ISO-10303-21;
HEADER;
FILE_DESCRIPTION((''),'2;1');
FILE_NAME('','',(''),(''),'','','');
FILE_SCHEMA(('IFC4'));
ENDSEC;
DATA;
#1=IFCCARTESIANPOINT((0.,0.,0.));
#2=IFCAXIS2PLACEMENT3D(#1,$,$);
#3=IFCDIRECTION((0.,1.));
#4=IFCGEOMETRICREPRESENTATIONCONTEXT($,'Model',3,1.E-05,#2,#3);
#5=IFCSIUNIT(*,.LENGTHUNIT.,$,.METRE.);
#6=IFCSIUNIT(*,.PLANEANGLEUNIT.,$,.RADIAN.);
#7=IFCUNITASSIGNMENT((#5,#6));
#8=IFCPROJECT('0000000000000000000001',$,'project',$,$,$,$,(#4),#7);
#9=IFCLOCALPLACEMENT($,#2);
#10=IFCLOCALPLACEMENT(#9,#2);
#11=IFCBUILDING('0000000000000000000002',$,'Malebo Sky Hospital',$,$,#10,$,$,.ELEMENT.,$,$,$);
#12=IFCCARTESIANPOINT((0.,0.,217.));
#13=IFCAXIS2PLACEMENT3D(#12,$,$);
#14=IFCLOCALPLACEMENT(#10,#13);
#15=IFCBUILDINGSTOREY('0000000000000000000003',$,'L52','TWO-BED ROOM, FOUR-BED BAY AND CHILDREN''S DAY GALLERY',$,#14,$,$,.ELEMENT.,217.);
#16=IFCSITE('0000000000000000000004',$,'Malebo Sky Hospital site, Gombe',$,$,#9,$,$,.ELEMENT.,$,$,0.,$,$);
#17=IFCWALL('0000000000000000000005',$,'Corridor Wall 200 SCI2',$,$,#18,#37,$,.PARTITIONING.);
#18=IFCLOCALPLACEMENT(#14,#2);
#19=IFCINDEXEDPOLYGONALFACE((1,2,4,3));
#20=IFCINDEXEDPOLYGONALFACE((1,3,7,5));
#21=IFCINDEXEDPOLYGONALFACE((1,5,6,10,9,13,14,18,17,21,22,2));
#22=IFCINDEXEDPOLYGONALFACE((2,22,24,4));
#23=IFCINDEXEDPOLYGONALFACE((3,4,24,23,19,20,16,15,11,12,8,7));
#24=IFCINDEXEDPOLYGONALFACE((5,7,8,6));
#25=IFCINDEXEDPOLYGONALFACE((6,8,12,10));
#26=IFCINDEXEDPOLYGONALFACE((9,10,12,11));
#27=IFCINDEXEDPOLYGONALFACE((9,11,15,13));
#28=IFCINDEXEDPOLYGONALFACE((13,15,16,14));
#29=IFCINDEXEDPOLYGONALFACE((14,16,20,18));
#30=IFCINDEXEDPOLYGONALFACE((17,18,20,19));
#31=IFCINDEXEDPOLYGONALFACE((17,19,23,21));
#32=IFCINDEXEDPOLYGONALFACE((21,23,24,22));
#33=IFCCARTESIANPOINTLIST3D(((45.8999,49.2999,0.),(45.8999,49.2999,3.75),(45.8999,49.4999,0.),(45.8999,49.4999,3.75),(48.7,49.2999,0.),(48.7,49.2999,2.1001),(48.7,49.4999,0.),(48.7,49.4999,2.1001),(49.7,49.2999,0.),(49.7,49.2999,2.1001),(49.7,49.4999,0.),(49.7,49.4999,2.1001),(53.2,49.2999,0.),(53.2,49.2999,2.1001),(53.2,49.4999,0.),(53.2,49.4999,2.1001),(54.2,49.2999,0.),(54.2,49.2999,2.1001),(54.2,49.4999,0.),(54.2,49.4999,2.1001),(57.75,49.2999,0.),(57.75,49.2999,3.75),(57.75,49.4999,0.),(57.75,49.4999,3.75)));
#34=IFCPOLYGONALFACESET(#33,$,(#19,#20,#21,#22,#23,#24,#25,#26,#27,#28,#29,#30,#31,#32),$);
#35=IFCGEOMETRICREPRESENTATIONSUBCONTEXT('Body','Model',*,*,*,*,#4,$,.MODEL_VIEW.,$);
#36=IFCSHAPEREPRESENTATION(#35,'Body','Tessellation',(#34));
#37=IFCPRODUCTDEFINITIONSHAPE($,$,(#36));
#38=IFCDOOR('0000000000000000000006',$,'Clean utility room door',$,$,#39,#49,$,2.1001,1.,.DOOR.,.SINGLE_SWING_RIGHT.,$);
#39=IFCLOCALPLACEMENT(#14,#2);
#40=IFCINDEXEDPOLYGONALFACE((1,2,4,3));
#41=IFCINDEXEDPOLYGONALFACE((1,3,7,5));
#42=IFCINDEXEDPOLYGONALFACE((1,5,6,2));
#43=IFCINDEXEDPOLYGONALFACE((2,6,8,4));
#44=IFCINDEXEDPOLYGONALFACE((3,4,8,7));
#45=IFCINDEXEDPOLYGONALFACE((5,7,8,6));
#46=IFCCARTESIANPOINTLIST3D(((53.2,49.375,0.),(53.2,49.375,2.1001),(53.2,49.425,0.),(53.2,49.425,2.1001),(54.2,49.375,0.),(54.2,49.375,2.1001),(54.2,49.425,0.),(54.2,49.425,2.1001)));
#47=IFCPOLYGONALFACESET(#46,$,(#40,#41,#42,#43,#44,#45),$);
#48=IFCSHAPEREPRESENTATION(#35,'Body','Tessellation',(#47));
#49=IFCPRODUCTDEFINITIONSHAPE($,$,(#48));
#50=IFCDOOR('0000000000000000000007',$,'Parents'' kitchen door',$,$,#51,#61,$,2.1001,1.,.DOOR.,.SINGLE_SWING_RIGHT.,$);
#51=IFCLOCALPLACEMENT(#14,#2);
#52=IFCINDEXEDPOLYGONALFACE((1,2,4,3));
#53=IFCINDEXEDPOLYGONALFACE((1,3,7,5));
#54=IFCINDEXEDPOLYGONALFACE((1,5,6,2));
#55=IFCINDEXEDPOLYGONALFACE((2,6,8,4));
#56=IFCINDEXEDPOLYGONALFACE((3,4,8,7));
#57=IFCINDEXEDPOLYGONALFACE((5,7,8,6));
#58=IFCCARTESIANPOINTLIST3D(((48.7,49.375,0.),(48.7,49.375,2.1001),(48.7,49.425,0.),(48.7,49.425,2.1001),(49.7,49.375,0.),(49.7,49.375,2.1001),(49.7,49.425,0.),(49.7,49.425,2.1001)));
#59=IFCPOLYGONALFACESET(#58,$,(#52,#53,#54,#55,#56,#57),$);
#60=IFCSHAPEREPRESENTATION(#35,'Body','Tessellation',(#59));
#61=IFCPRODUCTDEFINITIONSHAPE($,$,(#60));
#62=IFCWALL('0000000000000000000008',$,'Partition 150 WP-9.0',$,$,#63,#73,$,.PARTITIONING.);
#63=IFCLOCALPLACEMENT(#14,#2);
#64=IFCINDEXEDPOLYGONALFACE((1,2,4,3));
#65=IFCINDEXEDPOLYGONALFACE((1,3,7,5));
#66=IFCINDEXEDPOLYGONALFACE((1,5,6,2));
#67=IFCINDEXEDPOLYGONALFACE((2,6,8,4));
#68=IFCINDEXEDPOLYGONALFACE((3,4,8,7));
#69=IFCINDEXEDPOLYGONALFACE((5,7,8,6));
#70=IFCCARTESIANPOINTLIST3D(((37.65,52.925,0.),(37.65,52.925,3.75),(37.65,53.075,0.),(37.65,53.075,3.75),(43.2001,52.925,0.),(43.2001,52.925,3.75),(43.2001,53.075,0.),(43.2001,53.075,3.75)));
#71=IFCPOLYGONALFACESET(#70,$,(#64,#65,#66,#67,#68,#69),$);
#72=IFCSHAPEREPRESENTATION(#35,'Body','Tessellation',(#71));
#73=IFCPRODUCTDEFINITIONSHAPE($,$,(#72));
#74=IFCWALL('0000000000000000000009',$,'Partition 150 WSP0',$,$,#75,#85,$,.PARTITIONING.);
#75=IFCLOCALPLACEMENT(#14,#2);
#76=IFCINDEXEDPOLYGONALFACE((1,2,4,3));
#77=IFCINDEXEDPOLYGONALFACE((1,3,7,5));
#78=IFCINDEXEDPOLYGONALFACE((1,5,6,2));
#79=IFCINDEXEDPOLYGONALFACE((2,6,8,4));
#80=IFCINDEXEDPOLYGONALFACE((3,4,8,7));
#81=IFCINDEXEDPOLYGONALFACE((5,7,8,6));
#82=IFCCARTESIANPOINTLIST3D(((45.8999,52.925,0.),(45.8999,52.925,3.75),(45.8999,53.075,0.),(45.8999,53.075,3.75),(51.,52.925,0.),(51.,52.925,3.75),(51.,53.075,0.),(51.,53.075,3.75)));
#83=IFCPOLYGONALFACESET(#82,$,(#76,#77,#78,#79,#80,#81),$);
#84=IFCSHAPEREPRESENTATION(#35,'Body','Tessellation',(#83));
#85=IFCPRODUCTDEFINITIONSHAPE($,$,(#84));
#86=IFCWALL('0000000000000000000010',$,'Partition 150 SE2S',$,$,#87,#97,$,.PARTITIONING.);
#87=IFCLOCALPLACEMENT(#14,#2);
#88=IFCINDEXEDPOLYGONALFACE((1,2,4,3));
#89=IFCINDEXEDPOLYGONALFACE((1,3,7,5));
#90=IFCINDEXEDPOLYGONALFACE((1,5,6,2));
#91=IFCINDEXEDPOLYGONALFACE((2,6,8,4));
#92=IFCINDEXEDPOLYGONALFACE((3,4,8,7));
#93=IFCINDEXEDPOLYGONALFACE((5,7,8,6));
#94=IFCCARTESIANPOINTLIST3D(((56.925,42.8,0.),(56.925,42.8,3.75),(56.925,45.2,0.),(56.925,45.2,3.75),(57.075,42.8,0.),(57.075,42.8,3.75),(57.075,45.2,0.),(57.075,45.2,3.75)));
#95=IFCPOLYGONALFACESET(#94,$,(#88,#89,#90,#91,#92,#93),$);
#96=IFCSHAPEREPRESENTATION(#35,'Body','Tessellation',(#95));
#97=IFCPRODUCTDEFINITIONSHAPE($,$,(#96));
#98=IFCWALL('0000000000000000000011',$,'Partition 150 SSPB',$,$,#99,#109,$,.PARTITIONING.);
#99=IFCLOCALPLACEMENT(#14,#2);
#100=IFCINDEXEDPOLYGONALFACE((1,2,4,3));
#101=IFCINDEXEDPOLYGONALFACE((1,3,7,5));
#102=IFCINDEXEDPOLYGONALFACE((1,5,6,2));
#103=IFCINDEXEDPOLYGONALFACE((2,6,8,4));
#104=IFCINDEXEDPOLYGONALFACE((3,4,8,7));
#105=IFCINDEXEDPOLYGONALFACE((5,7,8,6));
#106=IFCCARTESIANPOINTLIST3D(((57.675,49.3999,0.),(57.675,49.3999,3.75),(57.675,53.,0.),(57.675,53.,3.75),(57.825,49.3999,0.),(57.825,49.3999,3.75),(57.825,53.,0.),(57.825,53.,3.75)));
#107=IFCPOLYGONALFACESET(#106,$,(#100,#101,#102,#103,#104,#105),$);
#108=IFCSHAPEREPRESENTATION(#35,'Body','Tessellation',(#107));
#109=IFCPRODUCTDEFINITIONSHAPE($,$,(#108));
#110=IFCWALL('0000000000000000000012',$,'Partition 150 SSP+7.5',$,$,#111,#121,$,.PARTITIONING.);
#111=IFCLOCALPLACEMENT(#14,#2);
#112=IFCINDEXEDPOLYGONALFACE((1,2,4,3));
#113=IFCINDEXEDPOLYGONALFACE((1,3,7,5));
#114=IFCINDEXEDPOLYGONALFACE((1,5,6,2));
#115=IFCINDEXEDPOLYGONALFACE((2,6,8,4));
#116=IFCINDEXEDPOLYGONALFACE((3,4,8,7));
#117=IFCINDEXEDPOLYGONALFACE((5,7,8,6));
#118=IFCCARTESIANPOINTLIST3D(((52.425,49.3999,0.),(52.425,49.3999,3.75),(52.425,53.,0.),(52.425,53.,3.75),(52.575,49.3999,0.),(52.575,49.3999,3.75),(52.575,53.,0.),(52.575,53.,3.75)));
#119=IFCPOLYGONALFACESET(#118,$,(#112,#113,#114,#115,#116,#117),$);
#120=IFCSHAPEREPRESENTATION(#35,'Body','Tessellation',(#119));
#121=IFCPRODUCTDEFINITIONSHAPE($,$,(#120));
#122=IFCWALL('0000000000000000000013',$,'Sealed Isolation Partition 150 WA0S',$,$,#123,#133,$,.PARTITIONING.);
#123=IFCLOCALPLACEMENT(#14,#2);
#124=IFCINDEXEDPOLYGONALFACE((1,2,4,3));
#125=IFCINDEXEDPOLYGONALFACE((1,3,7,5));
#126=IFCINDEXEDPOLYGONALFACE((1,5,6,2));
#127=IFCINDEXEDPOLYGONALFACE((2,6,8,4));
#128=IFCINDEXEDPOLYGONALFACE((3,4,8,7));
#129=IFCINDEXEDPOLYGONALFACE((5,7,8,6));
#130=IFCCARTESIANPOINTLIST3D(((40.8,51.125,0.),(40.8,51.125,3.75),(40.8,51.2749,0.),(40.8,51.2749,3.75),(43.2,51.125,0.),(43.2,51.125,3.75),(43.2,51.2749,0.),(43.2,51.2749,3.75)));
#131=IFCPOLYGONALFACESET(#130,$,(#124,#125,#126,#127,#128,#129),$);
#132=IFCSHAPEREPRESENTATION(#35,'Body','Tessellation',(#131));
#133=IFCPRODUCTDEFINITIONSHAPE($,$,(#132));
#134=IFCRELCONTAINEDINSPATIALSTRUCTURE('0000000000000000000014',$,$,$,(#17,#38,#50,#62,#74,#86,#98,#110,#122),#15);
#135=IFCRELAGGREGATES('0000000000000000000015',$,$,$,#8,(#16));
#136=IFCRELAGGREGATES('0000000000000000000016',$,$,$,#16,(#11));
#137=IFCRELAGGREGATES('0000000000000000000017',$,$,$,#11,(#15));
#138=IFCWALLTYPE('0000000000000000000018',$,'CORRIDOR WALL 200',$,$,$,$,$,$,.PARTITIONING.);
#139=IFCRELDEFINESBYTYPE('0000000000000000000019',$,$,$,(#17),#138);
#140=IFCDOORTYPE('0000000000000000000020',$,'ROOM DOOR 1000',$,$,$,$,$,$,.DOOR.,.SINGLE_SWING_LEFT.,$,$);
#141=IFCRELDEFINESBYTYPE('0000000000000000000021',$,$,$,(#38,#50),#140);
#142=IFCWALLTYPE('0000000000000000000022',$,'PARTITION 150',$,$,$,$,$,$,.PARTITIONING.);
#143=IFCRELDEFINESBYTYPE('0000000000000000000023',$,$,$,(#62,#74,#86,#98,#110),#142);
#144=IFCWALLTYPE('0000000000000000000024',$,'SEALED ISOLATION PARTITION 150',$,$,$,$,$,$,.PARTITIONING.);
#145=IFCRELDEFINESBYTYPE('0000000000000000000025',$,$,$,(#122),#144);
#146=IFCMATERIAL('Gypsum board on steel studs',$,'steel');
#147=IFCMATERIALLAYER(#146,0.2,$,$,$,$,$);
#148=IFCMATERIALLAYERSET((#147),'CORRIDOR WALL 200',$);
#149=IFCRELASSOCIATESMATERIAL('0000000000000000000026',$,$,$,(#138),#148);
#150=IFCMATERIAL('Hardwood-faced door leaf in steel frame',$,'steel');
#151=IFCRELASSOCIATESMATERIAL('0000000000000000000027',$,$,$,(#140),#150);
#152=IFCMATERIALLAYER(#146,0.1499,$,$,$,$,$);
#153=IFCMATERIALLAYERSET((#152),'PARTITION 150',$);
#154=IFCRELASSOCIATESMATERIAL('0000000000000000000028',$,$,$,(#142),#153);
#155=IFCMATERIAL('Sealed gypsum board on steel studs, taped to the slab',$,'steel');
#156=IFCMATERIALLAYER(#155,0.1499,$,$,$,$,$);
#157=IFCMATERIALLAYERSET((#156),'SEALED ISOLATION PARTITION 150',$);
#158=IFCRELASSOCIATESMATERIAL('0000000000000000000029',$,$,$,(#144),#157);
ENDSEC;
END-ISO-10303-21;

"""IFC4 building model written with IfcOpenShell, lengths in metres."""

from ifc_helpers import new_model, si_unit, direction, frame, frame_2d, origin, place, context, subcontext, project, spatial, rectangle, extrude, material, layer, layer_set, type_object, element, fill, save


model = new_model("IFC4")

# Units and contexts
model_context = context("Model", 3, precision=1e-05, world=origin(), true_north=direction((0.0, 1.0)))
body_context = subcontext(model_context, "Body", "Model", "MODEL_VIEW")
ifc_project = project(units=[si_unit("LENGTHUNIT", "METRE"), si_unit("PLANEANGLEUNIT", "RADIAN")], contexts=[model_context])

# Site, building, storey
site_placement = place(None, origin())
site = spatial("IfcSite", under=ifc_project, at=site_placement, Name="Malebo Sky Hospital site, Gombe", CompositionType="ELEMENT", RefElevation=0.0)
building_placement = place(site_placement, origin())
building = spatial("IfcBuilding", under=site, at=building_placement, Name="Malebo Sky Hospital", CompositionType="ELEMENT")
storey_placement = place(building_placement, frame((0.0, 0.0, 217.0)))
storey = spatial("IfcBuildingStorey", under=building, at=storey_placement, Name="L52", Description="TWO-BED ROOM, FOUR-BED BAY AND CHILDREN'S DAY GALLERY", CompositionType="ELEMENT", Elevation=217.0)

# Shared definitions
ifc_material_1 = material(Name="Gypsum board on steel studs", Category="steel")
ifc_layer_1 = layer(ifc_material_1, 0.2)
ifc_layer_set_1 = layer_set([ifc_layer_1], Name="CORRIDOR WALL 200")
wall_type_1 = type_object("IfcWallType", Name="CORRIDOR WALL 200", PredefinedType="PARTITIONING", material=ifc_layer_set_1)
ifc_material_2 = material(Name="Hardwood-faced door leaf in steel frame", Category="steel")
door_type = type_object("IfcDoorType", Name="ROOM DOOR 1000", OperationType="SINGLE_SWING_LEFT", PredefinedType="DOOR", material=ifc_material_2)

# Wall, openings, doors
wall_1_placement = place(storey_placement, frame((57.75, 49.3999, 0.0), z_axis=(0.0, 0.0, 1.0), x_axis=(-1.0, 0.0, 0.0)))
wall_1 = element("IfcWall", 1, at=wall_1_placement, inside=storey, type_object=wall_type_1, Name="Corridor Wall 200 SCI2", PredefinedType="PARTITIONING", context=body_context, shape_type="SweptSolid", body=[
    extrude(rectangle(XDim=11.8501, YDim=0.2, at=frame_2d((5.925, 0.0))), origin(), (0.0, 0.0, 1.0), 3.75),
])
opening_1_placement = place(wall_1_placement, frame((3.55, 0.0, 0.0)))
opening_1 = element("IfcOpeningElement", 2, at=opening_1_placement, cuts=wall_1, PredefinedType="OPENING", context=body_context, shape_type="SweptSolid", body=[
    extrude(rectangle(XDim=1.0, YDim=2.1001, at=frame_2d((0.5, 1.05))), frame((0.0, 0.1099, 0.0), z_axis=(0.0, -1.0, 0.0), x_axis=(1.0, 0.0, 0.0)), (0.0, 0.0, 1.0), 0.22),
])
opening_2_placement = place(wall_1_placement, frame((8.05, 0.0, 0.0)))
opening_2 = element("IfcOpeningElement", 3, at=opening_2_placement, cuts=wall_1, PredefinedType="OPENING", context=body_context, shape_type="SweptSolid", body=[
    extrude(rectangle(XDim=1.0, YDim=2.1001, at=frame_2d((0.5, 1.05))), frame((0.0, 0.1099, 0.0), z_axis=(0.0, -1.0, 0.0), x_axis=(1.0, 0.0, 0.0)), (0.0, 0.0, 1.0), 0.22),
])
door_1_placement = place(opening_1_placement, origin())
door_1 = element("IfcDoor", 4, at=door_1_placement, inside=storey, type_object=door_type, Name="Clean utility room door", OperationType="SINGLE_SWING_RIGHT", OverallHeight=2.1001, OverallWidth=1.0, PredefinedType="DOOR", context=body_context, shape_type="SweptSolid", body=[
    extrude(rectangle(XDim=1.0, YDim=2.1001, at=frame_2d((0.5, 1.05))), frame((0.0, 0.0249, 0.0), z_axis=(0.0, -1.0, 0.0), x_axis=(1.0, 0.0, 0.0)), (0.0, 0.0, 1.0), 0.05),
])
fill(opening_1, door_1)
door_2_placement = place(opening_2_placement, origin())
door_2 = element("IfcDoor", 5, at=door_2_placement, inside=storey, type_object=door_type, Name="Parents' kitchen door", OperationType="SINGLE_SWING_RIGHT", OverallHeight=2.1001, OverallWidth=1.0, PredefinedType="DOOR", context=body_context, shape_type="SweptSolid", body=[
    extrude(rectangle(XDim=1.0, YDim=2.1001, at=frame_2d((0.5, 1.05))), frame((0.0, 0.0249, 0.0), z_axis=(0.0, -1.0, 0.0), x_axis=(1.0, 0.0, 0.0)), (0.0, 0.0, 1.0), 0.05),
])
fill(opening_2, door_2)

# Walls
ifc_layer_2 = layer(ifc_material_1, 0.1499)
ifc_layer_set_2 = layer_set([ifc_layer_2], Name="PARTITION 150")
wall_type_2 = type_object("IfcWallType", Name="PARTITION 150", PredefinedType="PARTITIONING", material=ifc_layer_set_2)
wall_2_placement = place(storey_placement, frame((43.2, 53.0, 0.0), z_axis=(0.0, 0.0, 1.0), x_axis=(-1.0, 0.0, 0.0)))
element("IfcWall", 6, at=wall_2_placement, inside=storey, type_object=wall_type_2, Name="Partition 150 WP-9.0", PredefinedType="PARTITIONING", context=body_context, shape_type="SweptSolid", body=[
    extrude(rectangle(XDim=5.55, YDim=0.1499, at=frame_2d((2.7749, 0.0))), origin(), (0.0, 0.0, 1.0), 3.75),
])
wall_3_placement = place(storey_placement, frame((51.0, 53.0, 0.0), z_axis=(0.0, 0.0, 1.0), x_axis=(-1.0, 0.0, 0.0)))
element("IfcWall", 7, at=wall_3_placement, inside=storey, type_object=wall_type_2, Name="Partition 150 WSP0", PredefinedType="PARTITIONING", context=body_context, shape_type="SweptSolid", body=[
    extrude(rectangle(XDim=5.1001, YDim=0.1499, at=frame_2d((2.55, 0.0))), origin(), (0.0, 0.0, 1.0), 3.75),
])
wall_4_placement = place(storey_placement, frame((57.0, 45.2, 0.0), z_axis=(0.0, 0.0, 1.0), x_axis=(0.0, -1.0, 0.0)))
element("IfcWall", 8, at=wall_4_placement, inside=storey, type_object=wall_type_2, Name="Partition 150 SE2S", PredefinedType="PARTITIONING", context=body_context, shape_type="SweptSolid", body=[
    extrude(rectangle(XDim=2.3999, YDim=0.1499, at=frame_2d((1.2, 0.0))), origin(), (0.0, 0.0, 1.0), 3.75),
])
for number, where, z_axis, x_axis, name in (
    (9, (57.75, 53.0, 0.0), (0.0, 0.0, 1.0), (0.0, -1.0, 0.0), "Partition 150 SSPB"),
    (10, (52.5, 53.0, 0.0), (0.0, 0.0, 1.0), (0.0, -1.0, 0.0), "Partition 150 SSP+7.5"),
):
    element("IfcWall", number, at=place(storey_placement, frame(where, z_axis=z_axis, x_axis=x_axis)), inside=storey, type_object=wall_type_2, Name=name, PredefinedType="PARTITIONING", context=body_context, shape_type="SweptSolid", body=[
        extrude(rectangle(XDim=3.6001, YDim=0.1499, at=frame_2d((1.8, 0.0))), origin(), (0.0, 0.0, 1.0), 3.75),
    ])
ifc_material_3 = material(Name="Sealed gypsum board on steel studs, taped to the slab", Category="steel")
ifc_layer_3 = layer(ifc_material_3, 0.1499)
ifc_layer_set_3 = layer_set([ifc_layer_3], Name="SEALED ISOLATION PARTITION 150")
wall_type_3 = type_object("IfcWallType", Name="SEALED ISOLATION PARTITION 150", PredefinedType="PARTITIONING", material=ifc_layer_set_3)
wall_5_placement = place(storey_placement, frame((43.2, 51.2, 0.0), z_axis=(0.0, 0.0, 1.0), x_axis=(-1.0, 0.0, 0.0)))
element("IfcWall", 11, at=wall_5_placement, inside=storey, type_object=wall_type_3, Name="Sealed Isolation Partition 150 WA0S", PredefinedType="PARTITIONING", context=body_context, shape_type="SweptSolid", body=[
    extrude(rectangle(XDim=2.3999, YDim=0.1499, at=frame_2d((1.2, 0.0))), origin(), (0.0, 0.0, 1.0), 3.75),
])

save(model, "model.ifc")
